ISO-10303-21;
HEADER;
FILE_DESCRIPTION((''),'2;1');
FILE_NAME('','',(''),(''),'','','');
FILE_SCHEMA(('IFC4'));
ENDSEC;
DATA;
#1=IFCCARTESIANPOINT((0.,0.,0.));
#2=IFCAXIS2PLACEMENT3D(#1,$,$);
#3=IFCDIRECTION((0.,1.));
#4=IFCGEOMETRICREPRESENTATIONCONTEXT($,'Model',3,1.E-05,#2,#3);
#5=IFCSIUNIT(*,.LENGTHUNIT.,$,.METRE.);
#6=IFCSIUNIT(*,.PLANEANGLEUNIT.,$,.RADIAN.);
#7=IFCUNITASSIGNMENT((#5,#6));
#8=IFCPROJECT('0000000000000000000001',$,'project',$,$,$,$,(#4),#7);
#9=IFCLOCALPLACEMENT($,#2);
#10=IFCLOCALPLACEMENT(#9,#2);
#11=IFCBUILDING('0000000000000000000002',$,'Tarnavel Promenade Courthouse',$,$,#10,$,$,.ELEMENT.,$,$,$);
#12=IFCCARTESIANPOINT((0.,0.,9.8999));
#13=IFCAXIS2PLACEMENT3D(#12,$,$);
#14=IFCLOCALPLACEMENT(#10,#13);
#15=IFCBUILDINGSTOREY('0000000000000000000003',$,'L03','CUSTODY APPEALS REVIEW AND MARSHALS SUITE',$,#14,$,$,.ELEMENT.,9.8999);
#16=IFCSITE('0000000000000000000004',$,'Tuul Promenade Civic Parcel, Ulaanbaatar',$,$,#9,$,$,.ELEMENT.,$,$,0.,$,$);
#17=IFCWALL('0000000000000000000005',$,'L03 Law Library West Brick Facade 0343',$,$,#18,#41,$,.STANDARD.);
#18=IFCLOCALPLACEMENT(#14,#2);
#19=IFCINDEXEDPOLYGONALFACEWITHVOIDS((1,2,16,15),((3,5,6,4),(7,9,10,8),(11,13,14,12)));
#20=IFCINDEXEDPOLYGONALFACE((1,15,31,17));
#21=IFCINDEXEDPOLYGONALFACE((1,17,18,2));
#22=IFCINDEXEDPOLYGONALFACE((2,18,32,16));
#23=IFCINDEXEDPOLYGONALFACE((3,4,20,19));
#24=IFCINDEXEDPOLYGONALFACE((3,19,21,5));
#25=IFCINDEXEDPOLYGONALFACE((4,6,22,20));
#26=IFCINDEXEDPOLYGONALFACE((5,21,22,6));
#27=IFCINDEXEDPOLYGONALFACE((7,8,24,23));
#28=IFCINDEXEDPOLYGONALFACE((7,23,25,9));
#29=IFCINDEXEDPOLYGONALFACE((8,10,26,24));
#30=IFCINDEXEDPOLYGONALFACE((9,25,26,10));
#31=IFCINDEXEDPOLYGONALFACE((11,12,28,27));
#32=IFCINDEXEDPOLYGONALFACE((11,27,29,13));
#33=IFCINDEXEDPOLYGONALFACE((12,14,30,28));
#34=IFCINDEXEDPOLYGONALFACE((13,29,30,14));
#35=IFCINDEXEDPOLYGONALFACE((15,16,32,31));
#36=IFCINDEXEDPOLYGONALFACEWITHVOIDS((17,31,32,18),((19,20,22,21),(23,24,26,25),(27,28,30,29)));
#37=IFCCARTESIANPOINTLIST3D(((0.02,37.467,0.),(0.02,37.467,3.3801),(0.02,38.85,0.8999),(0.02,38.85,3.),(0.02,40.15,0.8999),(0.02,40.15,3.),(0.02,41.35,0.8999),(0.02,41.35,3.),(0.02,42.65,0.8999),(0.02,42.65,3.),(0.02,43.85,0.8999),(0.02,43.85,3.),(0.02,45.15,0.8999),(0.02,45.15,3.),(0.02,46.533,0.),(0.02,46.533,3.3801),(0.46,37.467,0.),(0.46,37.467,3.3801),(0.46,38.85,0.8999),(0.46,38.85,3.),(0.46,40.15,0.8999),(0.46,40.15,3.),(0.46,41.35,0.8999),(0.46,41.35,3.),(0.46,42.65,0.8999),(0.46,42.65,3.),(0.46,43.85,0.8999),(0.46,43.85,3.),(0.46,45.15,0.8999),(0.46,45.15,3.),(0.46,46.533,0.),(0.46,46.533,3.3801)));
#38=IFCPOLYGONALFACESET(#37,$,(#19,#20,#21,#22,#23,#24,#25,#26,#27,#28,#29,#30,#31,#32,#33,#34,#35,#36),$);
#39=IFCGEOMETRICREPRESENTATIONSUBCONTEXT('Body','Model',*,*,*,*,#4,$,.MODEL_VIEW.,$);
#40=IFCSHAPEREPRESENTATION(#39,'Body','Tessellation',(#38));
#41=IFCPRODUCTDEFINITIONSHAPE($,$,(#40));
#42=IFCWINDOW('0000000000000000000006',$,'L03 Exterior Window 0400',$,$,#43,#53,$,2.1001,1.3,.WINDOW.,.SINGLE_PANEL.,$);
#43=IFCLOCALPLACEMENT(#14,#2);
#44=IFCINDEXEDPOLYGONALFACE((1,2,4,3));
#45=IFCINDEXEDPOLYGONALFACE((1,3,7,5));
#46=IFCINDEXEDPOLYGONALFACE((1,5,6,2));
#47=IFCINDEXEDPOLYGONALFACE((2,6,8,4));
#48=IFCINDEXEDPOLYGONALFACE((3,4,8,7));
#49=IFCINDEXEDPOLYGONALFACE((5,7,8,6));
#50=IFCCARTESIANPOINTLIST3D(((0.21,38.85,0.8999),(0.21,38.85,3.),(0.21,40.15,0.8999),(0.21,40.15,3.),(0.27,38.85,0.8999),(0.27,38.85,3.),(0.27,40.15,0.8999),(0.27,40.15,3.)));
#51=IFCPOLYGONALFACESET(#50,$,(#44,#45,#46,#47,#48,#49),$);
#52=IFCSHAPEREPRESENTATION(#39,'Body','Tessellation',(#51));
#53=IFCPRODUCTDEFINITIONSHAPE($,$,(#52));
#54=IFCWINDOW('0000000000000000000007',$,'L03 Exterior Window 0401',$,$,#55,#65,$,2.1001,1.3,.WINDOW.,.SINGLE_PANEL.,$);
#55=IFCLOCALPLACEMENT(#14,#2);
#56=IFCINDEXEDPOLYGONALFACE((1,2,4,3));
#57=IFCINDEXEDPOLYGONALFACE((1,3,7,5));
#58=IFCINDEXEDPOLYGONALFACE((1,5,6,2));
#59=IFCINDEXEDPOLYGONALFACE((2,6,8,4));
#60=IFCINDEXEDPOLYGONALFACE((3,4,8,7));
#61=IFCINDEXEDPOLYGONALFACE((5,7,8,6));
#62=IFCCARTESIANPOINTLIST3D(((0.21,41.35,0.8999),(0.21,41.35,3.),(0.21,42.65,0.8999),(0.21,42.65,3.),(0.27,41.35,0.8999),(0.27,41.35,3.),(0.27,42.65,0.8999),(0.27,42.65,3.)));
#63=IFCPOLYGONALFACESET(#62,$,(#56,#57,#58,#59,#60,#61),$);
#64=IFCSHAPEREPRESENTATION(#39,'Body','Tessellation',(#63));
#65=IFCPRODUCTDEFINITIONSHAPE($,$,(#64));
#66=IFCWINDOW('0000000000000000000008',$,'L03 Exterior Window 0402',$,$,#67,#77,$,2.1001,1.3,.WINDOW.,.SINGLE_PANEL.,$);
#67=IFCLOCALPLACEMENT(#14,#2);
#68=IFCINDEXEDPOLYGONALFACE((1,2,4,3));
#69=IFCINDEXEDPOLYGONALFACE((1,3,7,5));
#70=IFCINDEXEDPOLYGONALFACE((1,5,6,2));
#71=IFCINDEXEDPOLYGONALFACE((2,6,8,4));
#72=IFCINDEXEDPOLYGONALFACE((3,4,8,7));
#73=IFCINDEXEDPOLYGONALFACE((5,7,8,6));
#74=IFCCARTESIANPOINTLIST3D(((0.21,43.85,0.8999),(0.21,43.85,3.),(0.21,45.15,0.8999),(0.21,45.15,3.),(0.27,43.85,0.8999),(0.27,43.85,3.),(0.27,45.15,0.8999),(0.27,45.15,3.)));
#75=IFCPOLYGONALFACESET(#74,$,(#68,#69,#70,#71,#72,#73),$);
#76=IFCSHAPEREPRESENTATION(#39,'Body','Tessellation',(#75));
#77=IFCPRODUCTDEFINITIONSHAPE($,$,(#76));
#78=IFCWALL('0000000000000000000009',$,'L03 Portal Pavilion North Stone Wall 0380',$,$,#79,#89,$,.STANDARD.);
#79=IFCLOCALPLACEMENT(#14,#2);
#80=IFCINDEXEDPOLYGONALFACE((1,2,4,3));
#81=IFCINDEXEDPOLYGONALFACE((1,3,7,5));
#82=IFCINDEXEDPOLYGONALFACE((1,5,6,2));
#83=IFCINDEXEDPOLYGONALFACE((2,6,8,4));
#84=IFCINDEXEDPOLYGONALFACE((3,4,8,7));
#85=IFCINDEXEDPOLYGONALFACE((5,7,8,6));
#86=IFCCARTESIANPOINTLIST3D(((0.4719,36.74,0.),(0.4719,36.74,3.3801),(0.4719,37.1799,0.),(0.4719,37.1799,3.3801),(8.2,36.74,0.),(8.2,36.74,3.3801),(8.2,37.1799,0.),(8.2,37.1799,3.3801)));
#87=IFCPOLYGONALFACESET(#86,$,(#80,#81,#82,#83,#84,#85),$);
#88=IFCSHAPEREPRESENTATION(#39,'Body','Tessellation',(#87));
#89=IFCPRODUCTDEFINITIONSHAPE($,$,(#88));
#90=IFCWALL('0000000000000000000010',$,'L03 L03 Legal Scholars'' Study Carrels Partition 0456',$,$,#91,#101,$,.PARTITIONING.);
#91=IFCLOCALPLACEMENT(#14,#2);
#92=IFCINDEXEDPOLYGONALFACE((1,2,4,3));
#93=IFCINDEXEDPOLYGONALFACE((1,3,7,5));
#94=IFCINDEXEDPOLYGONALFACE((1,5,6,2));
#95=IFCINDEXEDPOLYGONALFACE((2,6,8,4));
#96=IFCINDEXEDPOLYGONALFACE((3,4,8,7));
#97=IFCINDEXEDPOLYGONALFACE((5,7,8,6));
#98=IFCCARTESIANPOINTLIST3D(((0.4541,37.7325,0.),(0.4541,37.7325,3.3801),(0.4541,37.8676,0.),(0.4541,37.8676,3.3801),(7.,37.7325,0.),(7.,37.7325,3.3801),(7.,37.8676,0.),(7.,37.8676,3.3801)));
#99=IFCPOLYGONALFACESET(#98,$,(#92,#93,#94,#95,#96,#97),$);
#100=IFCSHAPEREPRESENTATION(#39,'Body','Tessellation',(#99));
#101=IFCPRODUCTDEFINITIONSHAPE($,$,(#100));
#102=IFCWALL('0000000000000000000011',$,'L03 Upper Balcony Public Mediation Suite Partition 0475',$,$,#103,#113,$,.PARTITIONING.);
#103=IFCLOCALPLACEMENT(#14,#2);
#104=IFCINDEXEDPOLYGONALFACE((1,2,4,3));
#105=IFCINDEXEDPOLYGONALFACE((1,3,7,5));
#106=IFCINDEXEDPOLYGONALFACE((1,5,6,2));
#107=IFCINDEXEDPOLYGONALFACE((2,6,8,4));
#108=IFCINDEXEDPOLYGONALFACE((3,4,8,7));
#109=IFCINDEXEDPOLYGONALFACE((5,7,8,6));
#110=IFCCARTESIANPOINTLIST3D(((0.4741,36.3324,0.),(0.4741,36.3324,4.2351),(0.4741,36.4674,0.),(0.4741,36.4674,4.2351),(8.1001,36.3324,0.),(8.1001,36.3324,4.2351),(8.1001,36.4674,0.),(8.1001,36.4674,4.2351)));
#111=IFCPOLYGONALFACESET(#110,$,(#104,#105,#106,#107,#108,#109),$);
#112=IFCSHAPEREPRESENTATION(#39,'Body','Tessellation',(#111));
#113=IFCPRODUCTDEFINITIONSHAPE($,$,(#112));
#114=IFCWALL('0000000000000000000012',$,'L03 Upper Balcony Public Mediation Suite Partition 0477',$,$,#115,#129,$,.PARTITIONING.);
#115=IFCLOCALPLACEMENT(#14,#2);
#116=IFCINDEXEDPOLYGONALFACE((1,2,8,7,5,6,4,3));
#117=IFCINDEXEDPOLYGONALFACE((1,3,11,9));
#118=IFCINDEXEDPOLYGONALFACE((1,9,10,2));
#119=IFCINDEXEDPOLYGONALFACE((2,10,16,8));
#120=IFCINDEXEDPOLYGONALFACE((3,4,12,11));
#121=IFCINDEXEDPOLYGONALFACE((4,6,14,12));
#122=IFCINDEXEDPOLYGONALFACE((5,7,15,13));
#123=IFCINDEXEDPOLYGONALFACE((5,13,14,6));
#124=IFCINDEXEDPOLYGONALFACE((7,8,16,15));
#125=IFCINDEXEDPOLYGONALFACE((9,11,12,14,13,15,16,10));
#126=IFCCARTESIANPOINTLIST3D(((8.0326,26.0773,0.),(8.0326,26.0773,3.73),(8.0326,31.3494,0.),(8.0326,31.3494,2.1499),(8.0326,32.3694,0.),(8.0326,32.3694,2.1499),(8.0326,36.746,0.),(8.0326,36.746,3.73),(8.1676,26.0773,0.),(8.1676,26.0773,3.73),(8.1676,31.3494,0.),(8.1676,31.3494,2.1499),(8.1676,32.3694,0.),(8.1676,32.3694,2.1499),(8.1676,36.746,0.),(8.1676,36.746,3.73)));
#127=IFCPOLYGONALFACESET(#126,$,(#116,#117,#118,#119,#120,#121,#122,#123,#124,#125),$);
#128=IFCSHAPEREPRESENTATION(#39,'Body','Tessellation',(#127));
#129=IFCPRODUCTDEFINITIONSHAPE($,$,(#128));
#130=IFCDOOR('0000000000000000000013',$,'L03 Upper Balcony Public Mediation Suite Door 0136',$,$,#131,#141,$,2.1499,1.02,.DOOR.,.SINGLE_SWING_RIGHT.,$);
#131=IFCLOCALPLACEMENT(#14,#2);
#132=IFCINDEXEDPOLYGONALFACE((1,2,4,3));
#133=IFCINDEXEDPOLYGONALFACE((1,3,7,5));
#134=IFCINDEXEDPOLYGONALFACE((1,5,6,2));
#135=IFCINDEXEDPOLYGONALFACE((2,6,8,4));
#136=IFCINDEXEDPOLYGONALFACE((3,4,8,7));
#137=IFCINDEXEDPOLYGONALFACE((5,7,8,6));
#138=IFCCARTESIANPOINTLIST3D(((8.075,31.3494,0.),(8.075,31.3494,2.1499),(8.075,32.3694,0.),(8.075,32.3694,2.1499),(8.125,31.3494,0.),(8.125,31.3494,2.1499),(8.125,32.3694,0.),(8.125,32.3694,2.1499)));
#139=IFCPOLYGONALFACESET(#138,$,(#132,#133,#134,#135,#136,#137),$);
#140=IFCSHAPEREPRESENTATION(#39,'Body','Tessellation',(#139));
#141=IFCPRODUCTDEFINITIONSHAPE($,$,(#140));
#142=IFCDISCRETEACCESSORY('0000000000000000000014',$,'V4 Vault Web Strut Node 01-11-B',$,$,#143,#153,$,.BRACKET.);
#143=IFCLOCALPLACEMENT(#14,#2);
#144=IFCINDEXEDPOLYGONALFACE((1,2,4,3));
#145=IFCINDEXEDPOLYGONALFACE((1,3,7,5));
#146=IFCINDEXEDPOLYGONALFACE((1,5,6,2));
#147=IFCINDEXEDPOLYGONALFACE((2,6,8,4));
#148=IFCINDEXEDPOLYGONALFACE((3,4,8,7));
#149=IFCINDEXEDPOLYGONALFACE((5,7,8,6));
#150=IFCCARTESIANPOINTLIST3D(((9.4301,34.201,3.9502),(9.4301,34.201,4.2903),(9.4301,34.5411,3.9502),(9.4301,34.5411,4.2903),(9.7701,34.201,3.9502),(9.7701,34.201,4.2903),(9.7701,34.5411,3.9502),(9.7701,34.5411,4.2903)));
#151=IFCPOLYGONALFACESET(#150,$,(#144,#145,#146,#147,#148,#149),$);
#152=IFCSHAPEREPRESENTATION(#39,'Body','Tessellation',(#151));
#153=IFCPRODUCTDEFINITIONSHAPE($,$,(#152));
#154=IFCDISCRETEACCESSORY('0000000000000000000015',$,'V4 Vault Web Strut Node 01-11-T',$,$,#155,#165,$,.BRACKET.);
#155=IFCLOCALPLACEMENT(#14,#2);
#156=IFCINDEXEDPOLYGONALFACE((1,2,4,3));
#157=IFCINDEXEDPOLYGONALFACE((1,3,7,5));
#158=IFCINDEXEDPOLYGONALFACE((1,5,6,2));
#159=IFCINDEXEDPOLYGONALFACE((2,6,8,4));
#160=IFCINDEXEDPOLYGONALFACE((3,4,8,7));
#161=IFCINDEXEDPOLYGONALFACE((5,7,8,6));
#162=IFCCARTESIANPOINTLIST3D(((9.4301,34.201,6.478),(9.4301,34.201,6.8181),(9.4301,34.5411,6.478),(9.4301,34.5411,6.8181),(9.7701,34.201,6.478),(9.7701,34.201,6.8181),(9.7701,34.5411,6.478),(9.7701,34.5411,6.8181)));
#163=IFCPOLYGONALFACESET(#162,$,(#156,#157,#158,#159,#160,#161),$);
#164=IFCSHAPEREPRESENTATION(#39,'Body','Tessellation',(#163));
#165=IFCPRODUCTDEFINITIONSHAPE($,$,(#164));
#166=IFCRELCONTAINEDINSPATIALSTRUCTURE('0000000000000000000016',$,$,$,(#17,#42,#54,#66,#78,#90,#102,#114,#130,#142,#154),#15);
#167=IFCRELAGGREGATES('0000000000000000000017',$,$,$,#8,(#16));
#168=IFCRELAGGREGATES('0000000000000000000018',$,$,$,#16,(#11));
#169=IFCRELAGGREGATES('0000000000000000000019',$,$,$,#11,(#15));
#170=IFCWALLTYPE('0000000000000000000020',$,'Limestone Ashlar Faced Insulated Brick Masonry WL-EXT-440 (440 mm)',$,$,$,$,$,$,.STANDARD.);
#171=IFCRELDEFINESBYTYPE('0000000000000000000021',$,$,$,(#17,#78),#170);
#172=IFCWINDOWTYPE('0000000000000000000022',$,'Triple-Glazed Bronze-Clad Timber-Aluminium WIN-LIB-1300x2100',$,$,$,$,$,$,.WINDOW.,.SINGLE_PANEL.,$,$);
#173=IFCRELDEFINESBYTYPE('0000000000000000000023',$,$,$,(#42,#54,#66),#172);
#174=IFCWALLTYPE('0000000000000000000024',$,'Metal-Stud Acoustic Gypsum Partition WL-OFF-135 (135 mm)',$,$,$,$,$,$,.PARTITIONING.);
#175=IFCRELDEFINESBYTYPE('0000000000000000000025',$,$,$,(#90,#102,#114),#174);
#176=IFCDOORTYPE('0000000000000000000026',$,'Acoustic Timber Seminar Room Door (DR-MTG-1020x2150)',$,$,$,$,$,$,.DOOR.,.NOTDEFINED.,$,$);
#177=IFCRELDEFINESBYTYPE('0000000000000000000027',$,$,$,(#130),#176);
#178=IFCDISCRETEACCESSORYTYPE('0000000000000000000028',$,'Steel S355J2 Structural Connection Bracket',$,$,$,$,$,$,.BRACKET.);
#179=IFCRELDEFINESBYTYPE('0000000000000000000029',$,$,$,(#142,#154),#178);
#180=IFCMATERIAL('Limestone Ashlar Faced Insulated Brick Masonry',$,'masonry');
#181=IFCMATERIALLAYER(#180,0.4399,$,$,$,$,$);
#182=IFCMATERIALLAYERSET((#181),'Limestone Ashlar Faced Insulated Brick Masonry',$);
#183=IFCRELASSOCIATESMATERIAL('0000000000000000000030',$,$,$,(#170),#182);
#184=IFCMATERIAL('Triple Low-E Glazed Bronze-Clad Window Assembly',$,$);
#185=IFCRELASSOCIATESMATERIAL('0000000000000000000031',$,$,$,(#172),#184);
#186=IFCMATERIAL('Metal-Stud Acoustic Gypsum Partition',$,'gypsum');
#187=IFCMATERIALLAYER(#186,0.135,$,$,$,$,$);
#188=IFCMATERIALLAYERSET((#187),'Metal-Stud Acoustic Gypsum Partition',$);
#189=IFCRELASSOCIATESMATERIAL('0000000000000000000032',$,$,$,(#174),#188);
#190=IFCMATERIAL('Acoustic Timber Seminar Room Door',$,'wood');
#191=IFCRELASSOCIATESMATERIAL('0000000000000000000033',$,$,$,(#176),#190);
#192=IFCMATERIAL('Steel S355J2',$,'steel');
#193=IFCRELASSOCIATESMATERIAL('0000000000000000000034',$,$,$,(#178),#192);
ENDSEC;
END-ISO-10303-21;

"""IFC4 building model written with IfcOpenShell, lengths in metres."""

from ifc_helpers import new_model, si_unit, direction, frame, frame_2d, origin, origin_2d, place, context, subcontext, project, spatial, rectangle, extrude, material, layer, layer_set, type_object, element, fill, save


model = new_model("IFC4")

# Units and contexts
model_context = context("Model", 3, precision=1e-05, world=origin(), true_north=direction((0.0, 1.0)))
body_context = subcontext(model_context, "Body", "Model", "MODEL_VIEW")
ifc_project = project(units=[si_unit("LENGTHUNIT", "METRE"), si_unit("PLANEANGLEUNIT", "RADIAN")], contexts=[model_context])

# Site, building, storey
site_placement = place(None, origin())
site = spatial("IfcSite", under=ifc_project, at=site_placement, Name="Tuul Promenade Civic Parcel, Ulaanbaatar", CompositionType="ELEMENT", RefElevation=0.0)
building_placement = place(site_placement, origin())
building = spatial("IfcBuilding", under=site, at=building_placement, Name="Tarnavel Promenade Courthouse", CompositionType="ELEMENT")
storey_placement = place(building_placement, frame((0.0, 0.0, 9.8999)))
storey = spatial("IfcBuildingStorey", under=building, at=storey_placement, Name="L03", Description="CUSTODY APPEALS REVIEW AND MARSHALS SUITE", CompositionType="ELEMENT", Elevation=9.8999)

# Shared definitions
ifc_material_1 = material(Name="Steel S355J2", Category="steel")

# Wall, openings, windows
ifc_material_2 = material(Name="Limestone Ashlar Faced Insulated Brick Masonry", Category="masonry")
ifc_layer_1 = layer(ifc_material_2, 0.4399)
ifc_layer_set_1 = layer_set([ifc_layer_1], Name="Limestone Ashlar Faced Insulated Brick Masonry")
wall_type_1 = type_object("IfcWallType", Name="Limestone Ashlar Faced Insulated Brick Masonry WL-EXT-440 (440 mm)", PredefinedType="STANDARD", material=ifc_layer_set_1)
wall_1_placement = place(storey_placement, frame((0.24, 37.467, 0.0), z_axis=(0.0, 0.0, 1.0), x_axis=(0.0, 1.0, 0.0)))
wall_1 = element("IfcWall", 1, at=wall_1_placement, inside=storey, type_object=wall_type_1, Name="L03 Law Library West Brick Facade 0343", PredefinedType="STANDARD", context=body_context, shape_type="SweptSolid", body=[
    extrude(rectangle(XDim=9.0659, YDim=0.4399, at=frame_2d((4.533, 0.0))), origin(), (0.0, 0.0, 1.0), 3.3801),
])
opening_1_placement = place(wall_1_placement, frame((1.3831, 0.0, 0.8999)))
opening_1 = element("IfcOpeningElement", 2, at=opening_1_placement, cuts=wall_1, PredefinedType="OPENING", context=body_context, shape_type="SweptSolid", body=[
    extrude(rectangle(XDim=1.3, YDim=2.1001, at=frame_2d((0.6499, 1.05))), frame((0.0, 0.23, 0.0), z_axis=(0.0, -1.0, 0.0), x_axis=(1.0, 0.0, 0.0)), (0.0, 0.0, 1.0), 0.46),
])
opening_2_placement = place(wall_1_placement, frame((3.8831, 0.0, 0.8999)))
opening_2 = element("IfcOpeningElement", 3, at=opening_2_placement, cuts=wall_1, PredefinedType="OPENING", context=body_context, shape_type="SweptSolid", body=[
    extrude(rectangle(XDim=1.3, YDim=2.1001, at=frame_2d((0.6499, 1.05))), frame((0.0, 0.23, 0.0), z_axis=(0.0, -1.0, 0.0), x_axis=(1.0, 0.0, 0.0)), (0.0, 0.0, 1.0), 0.46),
])
opening_3_placement = place(wall_1_placement, frame((6.3831, 0.0, 0.8999)))
opening_3 = element("IfcOpeningElement", 4, at=opening_3_placement, cuts=wall_1, PredefinedType="OPENING", context=body_context, shape_type="SweptSolid", body=[
    extrude(rectangle(XDim=1.3, YDim=2.1001, at=frame_2d((0.6499, 1.05))), frame((0.0, 0.23, 0.0), z_axis=(0.0, -1.0, 0.0), x_axis=(1.0, 0.0, 0.0)), (0.0, 0.0, 1.0), 0.46),
])
ifc_material_3 = material(Name="Triple Low-E Glazed Bronze-Clad Window Assembly")
window_type = type_object("IfcWindowType", Name="Triple-Glazed Bronze-Clad Timber-Aluminium WIN-LIB-1300x2100", PartitioningType="SINGLE_PANEL", PredefinedType="WINDOW", material=ifc_material_3)
window_1_placement = place(opening_1_placement, origin())
window_1 = element("IfcWindow", 5, at=window_1_placement, inside=storey, type_object=window_type, Name="L03 Exterior Window 0400", OverallHeight=2.1001, OverallWidth=1.3, PartitioningType="SINGLE_PANEL", PredefinedType="WINDOW", context=body_context, shape_type="SweptSolid", body=[
    extrude(rectangle(XDim=1.3, YDim=2.1001, at=frame_2d((0.6499, 1.05))), frame((0.0, 0.03, 0.0), z_axis=(0.0, -1.0, 0.0), x_axis=(1.0, 0.0, 0.0)), (0.0, 0.0, 1.0), 0.0601),
])
fill(opening_1, window_1)
window_2_placement = place(opening_2_placement, origin())
window_2 = element("IfcWindow", 6, at=window_2_placement, inside=storey, type_object=window_type, Name="L03 Exterior Window 0401", OverallHeight=2.1001, OverallWidth=1.3, PartitioningType="SINGLE_PANEL", PredefinedType="WINDOW", context=body_context, shape_type="SweptSolid", body=[
    extrude(rectangle(XDim=1.3, YDim=2.1001, at=frame_2d((0.6499, 1.05))), frame((0.0, 0.03, 0.0), z_axis=(0.0, -1.0, 0.0), x_axis=(1.0, 0.0, 0.0)), (0.0, 0.0, 1.0), 0.0601),
])
fill(opening_2, window_2)
window_3_placement = place(opening_3_placement, origin())
window_3 = element("IfcWindow", 7, at=window_3_placement, inside=storey, type_object=window_type, Name="L03 Exterior Window 0402", OverallHeight=2.1001, OverallWidth=1.3, PartitioningType="SINGLE_PANEL", PredefinedType="WINDOW", context=body_context, shape_type="SweptSolid", body=[
    extrude(rectangle(XDim=1.3, YDim=2.1001, at=frame_2d((0.6499, 1.05))), frame((0.0, 0.03, 0.0), z_axis=(0.0, -1.0, 0.0), x_axis=(1.0, 0.0, 0.0)), (0.0, 0.0, 1.0), 0.0601),
])
fill(opening_3, window_3)

# Walls
wall_2_placement = place(storey_placement, frame((0.4719, 36.96, 0.0), z_axis=(0.0, 0.0, 1.0), x_axis=(1.0, 0.0, 0.0)))
element("IfcWall", 8, at=wall_2_placement, inside=storey, type_object=wall_type_1, Name="L03 Portal Pavilion North Stone Wall 0380", PredefinedType="STANDARD", context=body_context, shape_type="SweptSolid", body=[
    extrude(rectangle(XDim=7.728, YDim=0.4399, at=frame_2d((3.864, 0.0))), origin(), (0.0, 0.0, 1.0), 3.3801),
])
ifc_material_4 = material(Name="Metal-Stud Acoustic Gypsum Partition", Category="gypsum")
ifc_layer_2 = layer(ifc_material_4, 0.135)
ifc_layer_set_2 = layer_set([ifc_layer_2], Name="Metal-Stud Acoustic Gypsum Partition")
wall_type_2 = type_object("IfcWallType", Name="Metal-Stud Acoustic Gypsum Partition WL-OFF-135 (135 mm)", PredefinedType="PARTITIONING", material=ifc_layer_set_2)
wall_3_placement = place(storey_placement, frame((7.0, 37.8, 0.0), z_axis=(0.0, 0.0, 1.0), x_axis=(-1.0, 0.0, 0.0)))
element("IfcWall", 9, at=wall_3_placement, inside=storey, type_object=wall_type_2, Name="L03 L03 Legal Scholars' Study Carrels Partition 0456", PredefinedType="PARTITIONING", context=body_context, shape_type="SweptSolid", body=[
    extrude(rectangle(XDim=6.5459, YDim=0.135, at=frame_2d((3.2729, 0.0))), origin(), (0.0, 0.0, 1.0), 3.3801),
])
wall_4_placement = place(storey_placement, frame((0.4741, 36.3999, 0.0), z_axis=(0.0, 0.0, 1.0), x_axis=(1.0, 0.0, 0.0)))
element("IfcWall", 10, at=wall_4_placement, inside=storey, type_object=wall_type_2, Name="L03 Upper Balcony Public Mediation Suite Partition 0475", PredefinedType="PARTITIONING", context=body_context, shape_type="SweptSolid", body=[
    extrude(rectangle(XDim=7.626, YDim=0.135, at=frame_2d((3.813, 0.0))), origin(), (0.0, 0.0, 1.0), 4.2351),
])

# Wall, opening, door
wall_5_placement = place(storey_placement, frame((8.1001, 36.7461, 0.0), z_axis=(0.0, 0.0, 1.0), x_axis=(0.0, -1.0, 0.0)))
wall_5 = element("IfcWall", 11, at=wall_5_placement, inside=storey, type_object=wall_type_2, Name="L03 Upper Balcony Public Mediation Suite Partition 0477", PredefinedType="PARTITIONING", context=body_context, shape_type="SweptSolid", body=[
    extrude(rectangle(XDim=10.6687, YDim=0.135, at=frame_2d((5.3345, 0.0))), origin(), (0.0, 0.0, 1.0), 3.73),
])
opening_4_placement = place(wall_5_placement, frame((4.3767, 0.0, 0.0)))
opening_4 = element("IfcOpeningElement", 12, at=opening_4_placement, cuts=wall_5, PredefinedType="OPENING", context=body_context, shape_type="SweptSolid", body=[
    extrude(rectangle(XDim=1.02, YDim=2.1499, at=frame_2d((0.51, 1.075))), frame((0.0, 0.0774, 0.0), z_axis=(0.0, -1.0, 0.0), x_axis=(1.0, 0.0, 0.0)), (0.0, 0.0, 1.0), 0.155),
])
ifc_material_5 = material(Name="Acoustic Timber Seminar Room Door", Category="wood")
door_type = type_object("IfcDoorType", Name="Acoustic Timber Seminar Room Door (DR-MTG-1020x2150)", OperationType="NOTDEFINED", PredefinedType="DOOR", material=ifc_material_5)
door_placement = place(opening_4_placement, origin())
door = element("IfcDoor", 13, at=door_placement, inside=storey, type_object=door_type, Name="L03 Upper Balcony Public Mediation Suite Door 0136", OperationType="SINGLE_SWING_RIGHT", OverallHeight=2.1499, OverallWidth=1.02, PredefinedType="DOOR", context=body_context, shape_type="SweptSolid", body=[
    extrude(rectangle(XDim=1.02, YDim=2.1499, at=frame_2d((0.51, 1.075))), frame((0.0, 0.0249, 0.0), z_axis=(0.0, -1.0, 0.0), x_axis=(1.0, 0.0, 0.0)), (0.0, 0.0, 1.0), 0.05),
])
fill(opening_4, door)

# Discrete accessories
discrete_accessory_type = type_object("IfcDiscreteAccessoryType", Name="Steel S355J2 Structural Connection Bracket", PredefinedType="BRACKET", material=ifc_material_1)
for number, where, z_axis, x_axis, name in (
    (14, (9.6001, 34.3711, 3.9502), (0.0, 0.0, 1.0), (1.0, 0.0, 0.0), "V4 Vault Web Strut Node 01-11-B"),
    (15, (9.6001, 34.3711, 6.478), (0.0, 0.0, 1.0), (1.0, 0.0, 0.0), "V4 Vault Web Strut Node 01-11-T"),
):
    element("IfcDiscreteAccessory", number, at=place(storey_placement, frame(where, z_axis=z_axis, x_axis=x_axis)), inside=storey, type_object=discrete_accessory_type, Name=name, PredefinedType="BRACKET", context=body_context, shape_type="SweptSolid", body=[
        extrude(rectangle(XDim=0.3401, YDim=0.3401, at=origin_2d()), origin(), (0.0, 0.0, 1.0), 0.3401),
    ])

save(model, "model.ifc")
